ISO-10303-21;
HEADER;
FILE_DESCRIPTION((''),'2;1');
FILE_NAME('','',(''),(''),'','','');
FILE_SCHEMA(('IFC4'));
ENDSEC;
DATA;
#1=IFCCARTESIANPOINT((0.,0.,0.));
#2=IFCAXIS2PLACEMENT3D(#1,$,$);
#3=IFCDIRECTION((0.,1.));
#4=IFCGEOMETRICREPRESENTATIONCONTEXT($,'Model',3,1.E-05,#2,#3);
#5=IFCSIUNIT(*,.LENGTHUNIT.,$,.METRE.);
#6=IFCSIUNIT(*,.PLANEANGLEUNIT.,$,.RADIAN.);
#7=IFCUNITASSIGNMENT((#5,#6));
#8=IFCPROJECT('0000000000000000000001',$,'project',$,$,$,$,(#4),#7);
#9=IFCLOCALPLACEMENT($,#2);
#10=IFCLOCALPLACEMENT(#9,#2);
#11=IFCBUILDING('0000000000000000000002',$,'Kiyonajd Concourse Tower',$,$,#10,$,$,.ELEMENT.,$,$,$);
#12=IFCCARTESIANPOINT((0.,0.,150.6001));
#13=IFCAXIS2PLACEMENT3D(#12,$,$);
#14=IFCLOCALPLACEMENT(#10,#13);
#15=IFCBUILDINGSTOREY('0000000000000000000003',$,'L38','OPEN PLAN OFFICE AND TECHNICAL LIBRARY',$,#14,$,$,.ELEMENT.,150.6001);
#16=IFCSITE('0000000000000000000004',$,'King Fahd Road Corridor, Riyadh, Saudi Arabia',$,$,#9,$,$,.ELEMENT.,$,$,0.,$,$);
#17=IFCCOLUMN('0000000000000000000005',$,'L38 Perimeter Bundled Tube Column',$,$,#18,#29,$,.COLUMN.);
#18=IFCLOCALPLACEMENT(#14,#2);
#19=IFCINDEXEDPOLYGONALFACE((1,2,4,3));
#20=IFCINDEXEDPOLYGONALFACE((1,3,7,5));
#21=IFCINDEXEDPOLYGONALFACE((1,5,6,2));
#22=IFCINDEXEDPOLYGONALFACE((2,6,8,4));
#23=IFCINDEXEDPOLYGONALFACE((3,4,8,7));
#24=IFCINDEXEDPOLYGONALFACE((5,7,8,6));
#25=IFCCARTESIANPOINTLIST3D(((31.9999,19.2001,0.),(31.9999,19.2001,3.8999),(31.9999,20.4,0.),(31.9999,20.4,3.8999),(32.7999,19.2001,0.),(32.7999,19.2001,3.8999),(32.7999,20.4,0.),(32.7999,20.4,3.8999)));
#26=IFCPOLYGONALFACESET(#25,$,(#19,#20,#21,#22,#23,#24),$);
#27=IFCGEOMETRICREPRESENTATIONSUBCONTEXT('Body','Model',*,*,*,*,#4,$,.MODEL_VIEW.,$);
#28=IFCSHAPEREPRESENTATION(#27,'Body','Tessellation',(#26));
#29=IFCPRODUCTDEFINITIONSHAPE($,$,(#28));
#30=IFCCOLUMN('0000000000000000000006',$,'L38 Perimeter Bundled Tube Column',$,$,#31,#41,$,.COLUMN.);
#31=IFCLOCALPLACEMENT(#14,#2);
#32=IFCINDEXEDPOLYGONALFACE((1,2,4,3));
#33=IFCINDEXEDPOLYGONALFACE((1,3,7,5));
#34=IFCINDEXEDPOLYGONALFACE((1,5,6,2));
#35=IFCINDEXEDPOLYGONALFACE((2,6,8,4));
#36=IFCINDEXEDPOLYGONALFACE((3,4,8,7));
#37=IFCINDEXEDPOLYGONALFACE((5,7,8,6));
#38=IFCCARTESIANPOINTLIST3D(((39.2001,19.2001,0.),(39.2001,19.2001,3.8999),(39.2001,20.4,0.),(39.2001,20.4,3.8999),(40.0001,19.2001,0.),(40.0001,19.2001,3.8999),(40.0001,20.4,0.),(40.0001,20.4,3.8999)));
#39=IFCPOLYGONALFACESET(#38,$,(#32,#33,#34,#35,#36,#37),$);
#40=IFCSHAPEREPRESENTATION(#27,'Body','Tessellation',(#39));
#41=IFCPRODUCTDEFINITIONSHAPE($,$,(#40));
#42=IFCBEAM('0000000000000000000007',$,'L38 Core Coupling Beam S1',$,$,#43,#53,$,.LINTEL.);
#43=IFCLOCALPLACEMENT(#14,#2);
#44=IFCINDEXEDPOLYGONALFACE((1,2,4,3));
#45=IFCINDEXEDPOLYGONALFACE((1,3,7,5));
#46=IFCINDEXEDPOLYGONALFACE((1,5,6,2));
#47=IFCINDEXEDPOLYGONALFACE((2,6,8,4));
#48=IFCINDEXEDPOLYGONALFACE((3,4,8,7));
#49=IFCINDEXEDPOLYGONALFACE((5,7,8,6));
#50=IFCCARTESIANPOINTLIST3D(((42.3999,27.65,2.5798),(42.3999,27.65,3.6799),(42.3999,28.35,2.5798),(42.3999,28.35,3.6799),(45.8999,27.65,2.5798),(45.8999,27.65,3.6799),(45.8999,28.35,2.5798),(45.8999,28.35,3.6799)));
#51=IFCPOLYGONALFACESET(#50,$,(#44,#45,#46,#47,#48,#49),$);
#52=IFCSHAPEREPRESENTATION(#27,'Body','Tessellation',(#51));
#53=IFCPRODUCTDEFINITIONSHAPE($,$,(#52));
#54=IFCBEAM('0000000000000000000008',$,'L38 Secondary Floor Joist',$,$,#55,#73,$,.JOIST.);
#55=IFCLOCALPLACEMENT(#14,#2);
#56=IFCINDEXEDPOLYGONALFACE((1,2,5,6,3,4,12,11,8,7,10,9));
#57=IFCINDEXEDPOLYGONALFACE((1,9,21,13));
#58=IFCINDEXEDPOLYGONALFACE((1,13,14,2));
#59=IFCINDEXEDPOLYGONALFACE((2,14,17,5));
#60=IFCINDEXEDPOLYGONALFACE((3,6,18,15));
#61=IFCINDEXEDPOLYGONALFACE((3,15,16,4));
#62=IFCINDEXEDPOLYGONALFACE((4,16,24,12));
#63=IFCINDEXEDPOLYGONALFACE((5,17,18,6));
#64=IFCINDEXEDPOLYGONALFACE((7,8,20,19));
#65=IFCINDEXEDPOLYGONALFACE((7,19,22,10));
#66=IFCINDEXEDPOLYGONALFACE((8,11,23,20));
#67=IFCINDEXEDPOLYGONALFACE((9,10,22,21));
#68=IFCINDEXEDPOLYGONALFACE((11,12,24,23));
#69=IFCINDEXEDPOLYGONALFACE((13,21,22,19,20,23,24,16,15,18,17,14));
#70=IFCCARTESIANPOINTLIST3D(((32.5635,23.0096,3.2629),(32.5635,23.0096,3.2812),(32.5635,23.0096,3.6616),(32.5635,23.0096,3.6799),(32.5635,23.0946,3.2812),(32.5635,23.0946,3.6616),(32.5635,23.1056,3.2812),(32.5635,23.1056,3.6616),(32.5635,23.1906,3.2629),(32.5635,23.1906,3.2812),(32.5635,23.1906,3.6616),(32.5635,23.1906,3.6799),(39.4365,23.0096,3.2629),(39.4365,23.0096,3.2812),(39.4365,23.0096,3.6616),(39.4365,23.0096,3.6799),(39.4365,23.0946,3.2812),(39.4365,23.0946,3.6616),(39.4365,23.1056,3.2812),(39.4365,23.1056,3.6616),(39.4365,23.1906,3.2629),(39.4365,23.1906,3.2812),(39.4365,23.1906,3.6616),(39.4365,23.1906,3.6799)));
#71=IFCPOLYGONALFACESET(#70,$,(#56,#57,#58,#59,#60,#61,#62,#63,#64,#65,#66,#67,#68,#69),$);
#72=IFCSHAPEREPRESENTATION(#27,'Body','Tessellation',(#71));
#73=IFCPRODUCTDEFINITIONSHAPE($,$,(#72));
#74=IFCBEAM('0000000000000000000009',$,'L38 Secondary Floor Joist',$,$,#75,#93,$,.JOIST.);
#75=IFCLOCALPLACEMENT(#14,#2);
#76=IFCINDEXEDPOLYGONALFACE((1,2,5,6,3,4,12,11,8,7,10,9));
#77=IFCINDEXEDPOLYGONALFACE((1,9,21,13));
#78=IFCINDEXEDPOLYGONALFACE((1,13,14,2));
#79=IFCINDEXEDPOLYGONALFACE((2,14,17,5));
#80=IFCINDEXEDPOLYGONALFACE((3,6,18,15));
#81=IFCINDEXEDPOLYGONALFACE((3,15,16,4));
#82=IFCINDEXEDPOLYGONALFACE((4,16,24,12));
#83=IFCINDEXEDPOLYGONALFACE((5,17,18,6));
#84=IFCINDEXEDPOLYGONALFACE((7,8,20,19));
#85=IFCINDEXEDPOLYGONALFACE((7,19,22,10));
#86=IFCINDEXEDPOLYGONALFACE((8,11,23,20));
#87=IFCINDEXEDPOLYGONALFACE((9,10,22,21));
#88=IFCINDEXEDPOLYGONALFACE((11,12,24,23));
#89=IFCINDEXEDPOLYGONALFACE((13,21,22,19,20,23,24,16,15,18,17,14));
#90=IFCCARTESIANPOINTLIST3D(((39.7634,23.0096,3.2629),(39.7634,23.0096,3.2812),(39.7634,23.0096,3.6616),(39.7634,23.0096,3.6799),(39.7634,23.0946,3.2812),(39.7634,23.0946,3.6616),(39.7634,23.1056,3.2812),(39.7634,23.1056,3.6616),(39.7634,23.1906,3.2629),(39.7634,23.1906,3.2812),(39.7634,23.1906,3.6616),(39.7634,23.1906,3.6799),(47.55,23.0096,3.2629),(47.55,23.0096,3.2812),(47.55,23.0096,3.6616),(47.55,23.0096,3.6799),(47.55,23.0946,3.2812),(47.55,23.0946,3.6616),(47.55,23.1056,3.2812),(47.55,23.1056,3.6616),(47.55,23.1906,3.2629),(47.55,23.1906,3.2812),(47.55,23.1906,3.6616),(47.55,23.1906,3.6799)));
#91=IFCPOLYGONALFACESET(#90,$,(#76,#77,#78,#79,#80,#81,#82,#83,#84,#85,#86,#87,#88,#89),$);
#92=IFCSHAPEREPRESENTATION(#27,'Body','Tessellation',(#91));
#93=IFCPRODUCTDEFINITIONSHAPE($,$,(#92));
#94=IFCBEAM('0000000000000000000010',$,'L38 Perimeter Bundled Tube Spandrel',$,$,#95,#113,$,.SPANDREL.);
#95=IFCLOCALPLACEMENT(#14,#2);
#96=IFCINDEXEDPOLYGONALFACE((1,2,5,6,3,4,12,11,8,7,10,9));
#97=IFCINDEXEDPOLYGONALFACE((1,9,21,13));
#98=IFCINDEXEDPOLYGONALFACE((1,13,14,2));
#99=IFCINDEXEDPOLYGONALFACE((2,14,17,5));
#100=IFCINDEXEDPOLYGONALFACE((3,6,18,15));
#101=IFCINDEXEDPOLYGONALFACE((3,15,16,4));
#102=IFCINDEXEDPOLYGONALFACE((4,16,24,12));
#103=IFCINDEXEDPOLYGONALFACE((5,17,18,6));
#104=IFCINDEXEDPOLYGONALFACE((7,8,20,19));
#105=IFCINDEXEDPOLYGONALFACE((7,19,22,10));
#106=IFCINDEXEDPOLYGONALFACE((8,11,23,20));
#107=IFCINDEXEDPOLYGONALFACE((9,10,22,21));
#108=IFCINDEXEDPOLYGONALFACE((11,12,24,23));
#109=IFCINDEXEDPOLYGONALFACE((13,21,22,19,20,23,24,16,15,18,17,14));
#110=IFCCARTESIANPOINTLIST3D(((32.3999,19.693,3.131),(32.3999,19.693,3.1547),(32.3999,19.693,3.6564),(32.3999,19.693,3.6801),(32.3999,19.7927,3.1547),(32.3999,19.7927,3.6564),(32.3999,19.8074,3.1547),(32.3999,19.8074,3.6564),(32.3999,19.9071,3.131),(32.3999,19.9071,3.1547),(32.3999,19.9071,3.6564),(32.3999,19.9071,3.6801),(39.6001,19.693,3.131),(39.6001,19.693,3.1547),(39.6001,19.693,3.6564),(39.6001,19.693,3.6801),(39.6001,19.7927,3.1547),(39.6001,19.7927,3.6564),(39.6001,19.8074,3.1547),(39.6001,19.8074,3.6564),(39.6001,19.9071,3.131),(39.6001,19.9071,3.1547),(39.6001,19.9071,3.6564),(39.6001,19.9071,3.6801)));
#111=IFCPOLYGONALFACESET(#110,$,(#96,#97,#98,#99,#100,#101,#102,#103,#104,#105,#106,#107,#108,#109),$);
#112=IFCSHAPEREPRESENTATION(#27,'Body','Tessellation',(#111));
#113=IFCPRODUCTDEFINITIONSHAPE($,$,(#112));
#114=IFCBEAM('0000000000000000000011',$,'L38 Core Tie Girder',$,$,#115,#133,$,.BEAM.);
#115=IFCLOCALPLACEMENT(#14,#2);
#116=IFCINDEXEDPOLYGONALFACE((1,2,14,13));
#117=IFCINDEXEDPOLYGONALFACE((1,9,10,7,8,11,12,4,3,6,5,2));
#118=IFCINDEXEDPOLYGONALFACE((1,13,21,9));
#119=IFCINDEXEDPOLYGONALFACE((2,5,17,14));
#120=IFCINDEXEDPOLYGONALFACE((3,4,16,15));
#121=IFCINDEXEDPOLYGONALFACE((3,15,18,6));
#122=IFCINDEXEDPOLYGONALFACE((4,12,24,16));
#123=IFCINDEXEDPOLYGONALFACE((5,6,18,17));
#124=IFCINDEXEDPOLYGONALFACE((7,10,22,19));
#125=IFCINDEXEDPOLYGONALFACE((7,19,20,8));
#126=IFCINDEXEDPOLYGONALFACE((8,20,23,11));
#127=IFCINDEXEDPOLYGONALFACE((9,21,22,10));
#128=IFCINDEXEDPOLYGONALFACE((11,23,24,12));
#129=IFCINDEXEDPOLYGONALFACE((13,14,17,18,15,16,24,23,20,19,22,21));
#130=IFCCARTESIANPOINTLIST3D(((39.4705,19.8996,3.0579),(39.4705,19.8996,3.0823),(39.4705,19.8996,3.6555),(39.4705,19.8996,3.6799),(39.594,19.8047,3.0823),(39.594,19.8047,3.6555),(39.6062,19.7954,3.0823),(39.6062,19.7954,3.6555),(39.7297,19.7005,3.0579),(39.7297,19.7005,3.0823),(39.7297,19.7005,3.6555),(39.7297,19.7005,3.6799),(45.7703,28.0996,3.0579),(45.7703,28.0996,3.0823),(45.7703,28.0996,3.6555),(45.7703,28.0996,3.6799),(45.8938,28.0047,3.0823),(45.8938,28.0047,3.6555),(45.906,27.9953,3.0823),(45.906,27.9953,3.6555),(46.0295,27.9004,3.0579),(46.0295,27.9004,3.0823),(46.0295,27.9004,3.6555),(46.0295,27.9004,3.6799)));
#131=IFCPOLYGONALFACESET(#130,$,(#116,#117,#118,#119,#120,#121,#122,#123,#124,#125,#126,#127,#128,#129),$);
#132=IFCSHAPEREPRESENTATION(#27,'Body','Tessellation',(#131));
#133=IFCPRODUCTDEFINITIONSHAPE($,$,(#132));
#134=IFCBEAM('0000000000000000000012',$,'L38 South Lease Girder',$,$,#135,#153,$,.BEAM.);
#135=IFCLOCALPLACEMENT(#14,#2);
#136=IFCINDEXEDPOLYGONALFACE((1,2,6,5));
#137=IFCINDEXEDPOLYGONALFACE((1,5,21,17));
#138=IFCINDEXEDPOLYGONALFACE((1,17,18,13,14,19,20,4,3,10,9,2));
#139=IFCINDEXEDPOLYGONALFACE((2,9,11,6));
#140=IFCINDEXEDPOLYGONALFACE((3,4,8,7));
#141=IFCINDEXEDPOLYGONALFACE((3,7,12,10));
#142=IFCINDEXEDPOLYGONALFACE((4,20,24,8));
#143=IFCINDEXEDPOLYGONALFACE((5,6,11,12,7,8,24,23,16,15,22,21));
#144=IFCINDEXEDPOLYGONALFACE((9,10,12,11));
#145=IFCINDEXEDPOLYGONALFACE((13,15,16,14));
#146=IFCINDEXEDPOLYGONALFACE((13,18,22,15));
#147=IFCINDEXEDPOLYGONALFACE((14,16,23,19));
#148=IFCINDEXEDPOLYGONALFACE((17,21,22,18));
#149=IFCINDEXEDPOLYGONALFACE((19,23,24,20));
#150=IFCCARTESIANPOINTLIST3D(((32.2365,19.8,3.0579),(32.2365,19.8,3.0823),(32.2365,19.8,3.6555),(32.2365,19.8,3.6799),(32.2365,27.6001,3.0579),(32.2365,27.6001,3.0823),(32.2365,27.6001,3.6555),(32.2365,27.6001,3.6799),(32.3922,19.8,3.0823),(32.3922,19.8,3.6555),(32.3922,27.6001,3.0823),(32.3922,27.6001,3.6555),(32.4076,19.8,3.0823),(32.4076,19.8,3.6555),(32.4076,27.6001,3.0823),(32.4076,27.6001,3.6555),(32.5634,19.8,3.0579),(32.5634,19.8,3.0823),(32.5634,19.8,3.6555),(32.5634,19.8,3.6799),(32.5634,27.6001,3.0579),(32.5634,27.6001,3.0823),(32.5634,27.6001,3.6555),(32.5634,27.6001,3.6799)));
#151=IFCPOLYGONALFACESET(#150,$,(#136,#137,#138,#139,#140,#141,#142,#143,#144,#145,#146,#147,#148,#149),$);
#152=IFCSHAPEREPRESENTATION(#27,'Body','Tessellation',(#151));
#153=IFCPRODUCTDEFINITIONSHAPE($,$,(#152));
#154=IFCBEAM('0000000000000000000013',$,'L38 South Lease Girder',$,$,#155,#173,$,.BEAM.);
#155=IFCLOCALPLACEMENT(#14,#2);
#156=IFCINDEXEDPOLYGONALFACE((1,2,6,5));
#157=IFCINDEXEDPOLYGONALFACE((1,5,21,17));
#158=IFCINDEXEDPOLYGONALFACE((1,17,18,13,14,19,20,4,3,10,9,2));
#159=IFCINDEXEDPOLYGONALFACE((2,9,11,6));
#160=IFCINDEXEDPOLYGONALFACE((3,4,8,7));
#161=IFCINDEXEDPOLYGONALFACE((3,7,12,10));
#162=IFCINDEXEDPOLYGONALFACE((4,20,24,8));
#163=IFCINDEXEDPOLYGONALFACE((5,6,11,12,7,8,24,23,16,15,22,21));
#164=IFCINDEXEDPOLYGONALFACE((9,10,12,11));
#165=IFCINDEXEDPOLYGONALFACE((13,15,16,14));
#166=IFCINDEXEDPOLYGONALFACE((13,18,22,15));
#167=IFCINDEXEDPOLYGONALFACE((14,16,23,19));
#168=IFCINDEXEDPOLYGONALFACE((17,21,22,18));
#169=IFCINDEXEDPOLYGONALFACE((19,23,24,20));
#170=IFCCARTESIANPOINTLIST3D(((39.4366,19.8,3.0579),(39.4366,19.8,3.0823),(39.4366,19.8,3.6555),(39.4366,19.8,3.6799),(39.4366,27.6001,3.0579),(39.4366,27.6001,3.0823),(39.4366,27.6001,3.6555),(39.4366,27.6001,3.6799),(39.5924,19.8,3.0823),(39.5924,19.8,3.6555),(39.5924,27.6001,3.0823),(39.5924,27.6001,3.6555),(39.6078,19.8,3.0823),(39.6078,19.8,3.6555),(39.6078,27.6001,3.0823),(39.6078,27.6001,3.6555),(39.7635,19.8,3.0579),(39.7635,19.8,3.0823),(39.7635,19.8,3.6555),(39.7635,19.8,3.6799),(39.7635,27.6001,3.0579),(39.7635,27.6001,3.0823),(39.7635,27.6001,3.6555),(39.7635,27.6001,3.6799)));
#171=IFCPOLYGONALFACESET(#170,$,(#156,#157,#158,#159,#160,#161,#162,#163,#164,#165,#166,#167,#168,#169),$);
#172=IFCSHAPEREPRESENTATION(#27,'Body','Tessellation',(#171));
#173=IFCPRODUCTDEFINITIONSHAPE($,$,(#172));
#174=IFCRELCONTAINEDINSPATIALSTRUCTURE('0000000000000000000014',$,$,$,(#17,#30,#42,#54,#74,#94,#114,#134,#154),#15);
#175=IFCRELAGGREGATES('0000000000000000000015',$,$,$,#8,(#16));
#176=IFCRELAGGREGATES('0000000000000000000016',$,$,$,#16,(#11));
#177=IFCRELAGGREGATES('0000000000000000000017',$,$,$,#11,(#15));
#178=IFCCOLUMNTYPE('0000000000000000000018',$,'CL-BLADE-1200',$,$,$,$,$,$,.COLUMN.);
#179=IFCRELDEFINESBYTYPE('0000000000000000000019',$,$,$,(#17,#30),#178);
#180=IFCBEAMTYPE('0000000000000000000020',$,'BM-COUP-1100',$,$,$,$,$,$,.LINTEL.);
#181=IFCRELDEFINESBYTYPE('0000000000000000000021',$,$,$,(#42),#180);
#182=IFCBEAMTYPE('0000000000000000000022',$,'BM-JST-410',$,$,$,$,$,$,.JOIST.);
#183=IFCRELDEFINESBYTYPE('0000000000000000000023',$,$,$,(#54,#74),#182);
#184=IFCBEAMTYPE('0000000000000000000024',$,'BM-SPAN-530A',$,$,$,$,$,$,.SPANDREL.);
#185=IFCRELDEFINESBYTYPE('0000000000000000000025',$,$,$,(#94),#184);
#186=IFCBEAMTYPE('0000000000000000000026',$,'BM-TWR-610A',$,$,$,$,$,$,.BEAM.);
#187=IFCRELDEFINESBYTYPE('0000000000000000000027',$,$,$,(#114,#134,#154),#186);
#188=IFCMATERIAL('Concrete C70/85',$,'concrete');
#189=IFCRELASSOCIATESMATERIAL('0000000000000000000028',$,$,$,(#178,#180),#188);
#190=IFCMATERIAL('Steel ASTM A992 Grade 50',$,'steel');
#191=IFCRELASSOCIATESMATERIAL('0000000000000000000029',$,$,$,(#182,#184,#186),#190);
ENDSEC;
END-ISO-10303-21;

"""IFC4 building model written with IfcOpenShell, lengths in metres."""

from ifc_helpers import new_model, si_unit, direction, frame, origin, origin_2d, place, context, subcontext, project, spatial, rectangle, i_section, extrude, material, material_profile, profile_set, type_object, element, save


model = new_model("IFC4")

# Units and contexts
model_context = context("Model", 3, precision=1e-05, world=origin(), true_north=direction((0.0, 1.0)))
body_context = subcontext(model_context, "Body", "Model", "MODEL_VIEW")
ifc_project = project(units=[si_unit("LENGTHUNIT", "METRE"), si_unit("PLANEANGLEUNIT", "RADIAN")], contexts=[model_context])

# Site, building, storey
site_placement = place(None, origin())
site = spatial("IfcSite", under=ifc_project, at=site_placement, Name="King Fahd Road Corridor, Riyadh, Saudi Arabia", CompositionType="ELEMENT", RefElevation=0.0)
building_placement = place(site_placement, origin())
building = spatial("IfcBuilding", under=site, at=building_placement, Name="Kiyonajd Concourse Tower", CompositionType="ELEMENT")
storey_placement = place(building_placement, frame((0.0, 0.0, 150.6001)))
storey = spatial("IfcBuildingStorey", under=building, at=storey_placement, Name="L38", Description="OPEN PLAN OFFICE AND TECHNICAL LIBRARY", CompositionType="ELEMENT", Elevation=150.6001)

# Columns
ifc_material_1 = material(Name="Concrete C70/85", Category="concrete")
ifc_material_profile_1 = material_profile(ifc_material_1, rectangle(XDim=0.8, YDim=1.2, at=origin_2d()), Name="RC-1200x800")
ifc_profile_set_1 = profile_set([ifc_material_profile_1], Name="Concrete C70/85")
column_type = type_object("IfcColumnType", Name="CL-BLADE-1200", PredefinedType="COLUMN", material=ifc_profile_set_1)
for number, where, z_axis, x_axis, name in (
    (1, (32.3999, 19.8, 0.0), (0.0, 0.0, 1.0), (1.0, 0.0, 0.0), "L38 Perimeter Bundled Tube Column"),
    (2, (39.6001, 19.8, 0.0), (0.0, 0.0, 1.0), (1.0, 0.0, 0.0), "L38 Perimeter Bundled Tube Column"),
):
    element("IfcColumn", number, at=place(storey_placement, frame(where, z_axis=z_axis, x_axis=x_axis)), inside=storey, type_object=column_type, Name=name, PredefinedType="COLUMN", context=body_context, shape_type="SweptSolid", body=[
        extrude(rectangle(XDim=0.8, YDim=1.2, at=origin_2d()), origin(), (0.0, 0.0, 1.0), 3.8999),
    ])

# Beams
ifc_material_profile_2 = material_profile(ifc_material_1, rectangle(XDim=0.7, YDim=1.1001, at=origin_2d()), Name="RCBM-700x1100")
ifc_profile_set_2 = profile_set([ifc_material_profile_2], Name="Concrete C70/85")
beam_type_1 = type_object("IfcBeamType", Name="BM-COUP-1100", PredefinedType="LINTEL", material=ifc_profile_set_2)
beam_1_placement = place(storey_placement, frame((42.3999, 28.0, 3.1299), z_axis=(1.0, 0.0, 0.0), x_axis=(0.0, 1.0, 0.0)))
element("IfcBeam", 3, at=beam_1_placement, inside=storey, type_object=beam_type_1, Name="L38 Core Coupling Beam S1", PredefinedType="LINTEL", context=body_context, shape_type="SweptSolid", body=[
    extrude(rectangle(XDim=0.7, YDim=1.1001, at=origin_2d()), origin(), (0.0, 0.0, 1.0), 3.5),
])
ifc_material_2 = material(Name="Steel ASTM A992 Grade 50", Category="steel")
ifc_material_profile_3 = material_profile(ifc_material_2, i_section(OverallWidth=0.1809, OverallDepth=0.417, WebThickness=0.011, FlangeThickness=0.0183, at=origin_2d()), Name="W410X85")
ifc_profile_set_3 = profile_set([ifc_material_profile_3], Name="Steel ASTM A992 Grade 50")
beam_type_2 = type_object("IfcBeamType", Name="BM-JST-410", PredefinedType="JOIST", material=ifc_profile_set_3)
beam_2_placement = place(storey_placement, frame((32.5635, 23.1001, 3.4714), z_axis=(1.0, 0.0, 0.0), x_axis=(0.0, 1.0, 0.0)))
element("IfcBeam", 4, at=beam_2_placement, inside=storey, type_object=beam_type_2, Name="L38 Secondary Floor Joist", PredefinedType="JOIST", context=body_context, shape_type="SweptSolid", body=[
    extrude(i_section(OverallWidth=0.1809, OverallDepth=0.417, WebThickness=0.011, FlangeThickness=0.0183, at=origin_2d()), origin(), (0.0, 0.0, 1.0), 6.873),
])
beam_3_placement = place(storey_placement, frame((39.7634, 23.1001, 3.4714), z_axis=(1.0, 0.0, 0.0), x_axis=(0.0, 1.0, 0.0)))
element("IfcBeam", 5, at=beam_3_placement, inside=storey, type_object=beam_type_2, Name="L38 Secondary Floor Joist", PredefinedType="JOIST", context=body_context, shape_type="SweptSolid", body=[
    extrude(i_section(OverallWidth=0.1809, OverallDepth=0.417, WebThickness=0.011, FlangeThickness=0.0183, at=origin_2d()), origin(), (0.0, 0.0, 1.0), 7.7866),
])
ifc_material_profile_4 = material_profile(ifc_material_2, i_section(OverallWidth=0.2141, OverallDepth=0.5491, WebThickness=0.0146, FlangeThickness=0.0237, at=origin_2d()), Name="W530X138")
ifc_profile_set_4 = profile_set([ifc_material_profile_4], Name="Steel ASTM A992 Grade 50")
beam_type_3 = type_object("IfcBeamType", Name="BM-SPAN-530A", PredefinedType="SPANDREL", material=ifc_profile_set_4)
beam_4_placement = place(storey_placement, frame((32.3999, 19.8, 3.4055), z_axis=(1.0, 0.0, 0.0), x_axis=(0.0, 1.0, 0.0)))
element("IfcBeam", 6, at=beam_4_placement, inside=storey, type_object=beam_type_3, Name="L38 Perimeter Bundled Tube Spandrel", PredefinedType="SPANDREL", context=body_context, shape_type="SweptSolid", body=[
    extrude(i_section(OverallWidth=0.2141, OverallDepth=0.5491, WebThickness=0.0146, FlangeThickness=0.0237, at=origin_2d()), origin(), (0.0, 0.0, 1.0), 7.2002),
])
ifc_material_profile_5 = material_profile(ifc_material_2, i_section(OverallWidth=0.3269, OverallDepth=0.6221, WebThickness=0.0154, FlangeThickness=0.0244, at=origin_2d()), Name="W610X195")
ifc_profile_set_5 = profile_set([ifc_material_profile_5], Name="Steel ASTM A992 Grade 50")
beam_type_4 = type_object("IfcBeamType", Name="BM-TWR-610A", PredefinedType="BEAM", material=ifc_profile_set_5)
beam_5_placement = place(storey_placement, frame((39.6001, 19.8, 3.3689), z_axis=(0.609234, 0.792991, 0.0), x_axis=(-0.792991, 0.609234, 0.0)))
element("IfcBeam", 7, at=beam_5_placement, inside=storey, type_object=beam_type_4, Name="L38 Core Tie Girder", PredefinedType="BEAM", context=body_context, shape_type="SweptSolid", body=[
    extrude(i_section(OverallWidth=0.3269, OverallDepth=0.6221, WebThickness=0.0154, FlangeThickness=0.0244, at=origin_2d()), origin(), (0.0, 0.0, 1.0), 10.3406),
])
for number, where, z_axis, x_axis, name in (
    (8, (32.3999, 19.8, 3.3689), (0.0, 1.0, 0.0), (-1.0, 0.0, 0.0), "L38 South Lease Girder"),
    (9, (39.6001, 19.8, 3.3689), (0.0, 1.0, 0.0), (-1.0, 0.0, 0.0), "L38 South Lease Girder"),
):
    element("IfcBeam", number, at=place(storey_placement, frame(where, z_axis=z_axis, x_axis=x_axis)), inside=storey, type_object=beam_type_4, Name=name, PredefinedType="BEAM", context=body_context, shape_type="SweptSolid", body=[
        extrude(i_section(OverallWidth=0.3269, OverallDepth=0.6221, WebThickness=0.0154, FlangeThickness=0.0244, at=origin_2d()), origin(), (0.0, 0.0, 1.0), 7.8),
    ])

save(model, "model.ifc")
